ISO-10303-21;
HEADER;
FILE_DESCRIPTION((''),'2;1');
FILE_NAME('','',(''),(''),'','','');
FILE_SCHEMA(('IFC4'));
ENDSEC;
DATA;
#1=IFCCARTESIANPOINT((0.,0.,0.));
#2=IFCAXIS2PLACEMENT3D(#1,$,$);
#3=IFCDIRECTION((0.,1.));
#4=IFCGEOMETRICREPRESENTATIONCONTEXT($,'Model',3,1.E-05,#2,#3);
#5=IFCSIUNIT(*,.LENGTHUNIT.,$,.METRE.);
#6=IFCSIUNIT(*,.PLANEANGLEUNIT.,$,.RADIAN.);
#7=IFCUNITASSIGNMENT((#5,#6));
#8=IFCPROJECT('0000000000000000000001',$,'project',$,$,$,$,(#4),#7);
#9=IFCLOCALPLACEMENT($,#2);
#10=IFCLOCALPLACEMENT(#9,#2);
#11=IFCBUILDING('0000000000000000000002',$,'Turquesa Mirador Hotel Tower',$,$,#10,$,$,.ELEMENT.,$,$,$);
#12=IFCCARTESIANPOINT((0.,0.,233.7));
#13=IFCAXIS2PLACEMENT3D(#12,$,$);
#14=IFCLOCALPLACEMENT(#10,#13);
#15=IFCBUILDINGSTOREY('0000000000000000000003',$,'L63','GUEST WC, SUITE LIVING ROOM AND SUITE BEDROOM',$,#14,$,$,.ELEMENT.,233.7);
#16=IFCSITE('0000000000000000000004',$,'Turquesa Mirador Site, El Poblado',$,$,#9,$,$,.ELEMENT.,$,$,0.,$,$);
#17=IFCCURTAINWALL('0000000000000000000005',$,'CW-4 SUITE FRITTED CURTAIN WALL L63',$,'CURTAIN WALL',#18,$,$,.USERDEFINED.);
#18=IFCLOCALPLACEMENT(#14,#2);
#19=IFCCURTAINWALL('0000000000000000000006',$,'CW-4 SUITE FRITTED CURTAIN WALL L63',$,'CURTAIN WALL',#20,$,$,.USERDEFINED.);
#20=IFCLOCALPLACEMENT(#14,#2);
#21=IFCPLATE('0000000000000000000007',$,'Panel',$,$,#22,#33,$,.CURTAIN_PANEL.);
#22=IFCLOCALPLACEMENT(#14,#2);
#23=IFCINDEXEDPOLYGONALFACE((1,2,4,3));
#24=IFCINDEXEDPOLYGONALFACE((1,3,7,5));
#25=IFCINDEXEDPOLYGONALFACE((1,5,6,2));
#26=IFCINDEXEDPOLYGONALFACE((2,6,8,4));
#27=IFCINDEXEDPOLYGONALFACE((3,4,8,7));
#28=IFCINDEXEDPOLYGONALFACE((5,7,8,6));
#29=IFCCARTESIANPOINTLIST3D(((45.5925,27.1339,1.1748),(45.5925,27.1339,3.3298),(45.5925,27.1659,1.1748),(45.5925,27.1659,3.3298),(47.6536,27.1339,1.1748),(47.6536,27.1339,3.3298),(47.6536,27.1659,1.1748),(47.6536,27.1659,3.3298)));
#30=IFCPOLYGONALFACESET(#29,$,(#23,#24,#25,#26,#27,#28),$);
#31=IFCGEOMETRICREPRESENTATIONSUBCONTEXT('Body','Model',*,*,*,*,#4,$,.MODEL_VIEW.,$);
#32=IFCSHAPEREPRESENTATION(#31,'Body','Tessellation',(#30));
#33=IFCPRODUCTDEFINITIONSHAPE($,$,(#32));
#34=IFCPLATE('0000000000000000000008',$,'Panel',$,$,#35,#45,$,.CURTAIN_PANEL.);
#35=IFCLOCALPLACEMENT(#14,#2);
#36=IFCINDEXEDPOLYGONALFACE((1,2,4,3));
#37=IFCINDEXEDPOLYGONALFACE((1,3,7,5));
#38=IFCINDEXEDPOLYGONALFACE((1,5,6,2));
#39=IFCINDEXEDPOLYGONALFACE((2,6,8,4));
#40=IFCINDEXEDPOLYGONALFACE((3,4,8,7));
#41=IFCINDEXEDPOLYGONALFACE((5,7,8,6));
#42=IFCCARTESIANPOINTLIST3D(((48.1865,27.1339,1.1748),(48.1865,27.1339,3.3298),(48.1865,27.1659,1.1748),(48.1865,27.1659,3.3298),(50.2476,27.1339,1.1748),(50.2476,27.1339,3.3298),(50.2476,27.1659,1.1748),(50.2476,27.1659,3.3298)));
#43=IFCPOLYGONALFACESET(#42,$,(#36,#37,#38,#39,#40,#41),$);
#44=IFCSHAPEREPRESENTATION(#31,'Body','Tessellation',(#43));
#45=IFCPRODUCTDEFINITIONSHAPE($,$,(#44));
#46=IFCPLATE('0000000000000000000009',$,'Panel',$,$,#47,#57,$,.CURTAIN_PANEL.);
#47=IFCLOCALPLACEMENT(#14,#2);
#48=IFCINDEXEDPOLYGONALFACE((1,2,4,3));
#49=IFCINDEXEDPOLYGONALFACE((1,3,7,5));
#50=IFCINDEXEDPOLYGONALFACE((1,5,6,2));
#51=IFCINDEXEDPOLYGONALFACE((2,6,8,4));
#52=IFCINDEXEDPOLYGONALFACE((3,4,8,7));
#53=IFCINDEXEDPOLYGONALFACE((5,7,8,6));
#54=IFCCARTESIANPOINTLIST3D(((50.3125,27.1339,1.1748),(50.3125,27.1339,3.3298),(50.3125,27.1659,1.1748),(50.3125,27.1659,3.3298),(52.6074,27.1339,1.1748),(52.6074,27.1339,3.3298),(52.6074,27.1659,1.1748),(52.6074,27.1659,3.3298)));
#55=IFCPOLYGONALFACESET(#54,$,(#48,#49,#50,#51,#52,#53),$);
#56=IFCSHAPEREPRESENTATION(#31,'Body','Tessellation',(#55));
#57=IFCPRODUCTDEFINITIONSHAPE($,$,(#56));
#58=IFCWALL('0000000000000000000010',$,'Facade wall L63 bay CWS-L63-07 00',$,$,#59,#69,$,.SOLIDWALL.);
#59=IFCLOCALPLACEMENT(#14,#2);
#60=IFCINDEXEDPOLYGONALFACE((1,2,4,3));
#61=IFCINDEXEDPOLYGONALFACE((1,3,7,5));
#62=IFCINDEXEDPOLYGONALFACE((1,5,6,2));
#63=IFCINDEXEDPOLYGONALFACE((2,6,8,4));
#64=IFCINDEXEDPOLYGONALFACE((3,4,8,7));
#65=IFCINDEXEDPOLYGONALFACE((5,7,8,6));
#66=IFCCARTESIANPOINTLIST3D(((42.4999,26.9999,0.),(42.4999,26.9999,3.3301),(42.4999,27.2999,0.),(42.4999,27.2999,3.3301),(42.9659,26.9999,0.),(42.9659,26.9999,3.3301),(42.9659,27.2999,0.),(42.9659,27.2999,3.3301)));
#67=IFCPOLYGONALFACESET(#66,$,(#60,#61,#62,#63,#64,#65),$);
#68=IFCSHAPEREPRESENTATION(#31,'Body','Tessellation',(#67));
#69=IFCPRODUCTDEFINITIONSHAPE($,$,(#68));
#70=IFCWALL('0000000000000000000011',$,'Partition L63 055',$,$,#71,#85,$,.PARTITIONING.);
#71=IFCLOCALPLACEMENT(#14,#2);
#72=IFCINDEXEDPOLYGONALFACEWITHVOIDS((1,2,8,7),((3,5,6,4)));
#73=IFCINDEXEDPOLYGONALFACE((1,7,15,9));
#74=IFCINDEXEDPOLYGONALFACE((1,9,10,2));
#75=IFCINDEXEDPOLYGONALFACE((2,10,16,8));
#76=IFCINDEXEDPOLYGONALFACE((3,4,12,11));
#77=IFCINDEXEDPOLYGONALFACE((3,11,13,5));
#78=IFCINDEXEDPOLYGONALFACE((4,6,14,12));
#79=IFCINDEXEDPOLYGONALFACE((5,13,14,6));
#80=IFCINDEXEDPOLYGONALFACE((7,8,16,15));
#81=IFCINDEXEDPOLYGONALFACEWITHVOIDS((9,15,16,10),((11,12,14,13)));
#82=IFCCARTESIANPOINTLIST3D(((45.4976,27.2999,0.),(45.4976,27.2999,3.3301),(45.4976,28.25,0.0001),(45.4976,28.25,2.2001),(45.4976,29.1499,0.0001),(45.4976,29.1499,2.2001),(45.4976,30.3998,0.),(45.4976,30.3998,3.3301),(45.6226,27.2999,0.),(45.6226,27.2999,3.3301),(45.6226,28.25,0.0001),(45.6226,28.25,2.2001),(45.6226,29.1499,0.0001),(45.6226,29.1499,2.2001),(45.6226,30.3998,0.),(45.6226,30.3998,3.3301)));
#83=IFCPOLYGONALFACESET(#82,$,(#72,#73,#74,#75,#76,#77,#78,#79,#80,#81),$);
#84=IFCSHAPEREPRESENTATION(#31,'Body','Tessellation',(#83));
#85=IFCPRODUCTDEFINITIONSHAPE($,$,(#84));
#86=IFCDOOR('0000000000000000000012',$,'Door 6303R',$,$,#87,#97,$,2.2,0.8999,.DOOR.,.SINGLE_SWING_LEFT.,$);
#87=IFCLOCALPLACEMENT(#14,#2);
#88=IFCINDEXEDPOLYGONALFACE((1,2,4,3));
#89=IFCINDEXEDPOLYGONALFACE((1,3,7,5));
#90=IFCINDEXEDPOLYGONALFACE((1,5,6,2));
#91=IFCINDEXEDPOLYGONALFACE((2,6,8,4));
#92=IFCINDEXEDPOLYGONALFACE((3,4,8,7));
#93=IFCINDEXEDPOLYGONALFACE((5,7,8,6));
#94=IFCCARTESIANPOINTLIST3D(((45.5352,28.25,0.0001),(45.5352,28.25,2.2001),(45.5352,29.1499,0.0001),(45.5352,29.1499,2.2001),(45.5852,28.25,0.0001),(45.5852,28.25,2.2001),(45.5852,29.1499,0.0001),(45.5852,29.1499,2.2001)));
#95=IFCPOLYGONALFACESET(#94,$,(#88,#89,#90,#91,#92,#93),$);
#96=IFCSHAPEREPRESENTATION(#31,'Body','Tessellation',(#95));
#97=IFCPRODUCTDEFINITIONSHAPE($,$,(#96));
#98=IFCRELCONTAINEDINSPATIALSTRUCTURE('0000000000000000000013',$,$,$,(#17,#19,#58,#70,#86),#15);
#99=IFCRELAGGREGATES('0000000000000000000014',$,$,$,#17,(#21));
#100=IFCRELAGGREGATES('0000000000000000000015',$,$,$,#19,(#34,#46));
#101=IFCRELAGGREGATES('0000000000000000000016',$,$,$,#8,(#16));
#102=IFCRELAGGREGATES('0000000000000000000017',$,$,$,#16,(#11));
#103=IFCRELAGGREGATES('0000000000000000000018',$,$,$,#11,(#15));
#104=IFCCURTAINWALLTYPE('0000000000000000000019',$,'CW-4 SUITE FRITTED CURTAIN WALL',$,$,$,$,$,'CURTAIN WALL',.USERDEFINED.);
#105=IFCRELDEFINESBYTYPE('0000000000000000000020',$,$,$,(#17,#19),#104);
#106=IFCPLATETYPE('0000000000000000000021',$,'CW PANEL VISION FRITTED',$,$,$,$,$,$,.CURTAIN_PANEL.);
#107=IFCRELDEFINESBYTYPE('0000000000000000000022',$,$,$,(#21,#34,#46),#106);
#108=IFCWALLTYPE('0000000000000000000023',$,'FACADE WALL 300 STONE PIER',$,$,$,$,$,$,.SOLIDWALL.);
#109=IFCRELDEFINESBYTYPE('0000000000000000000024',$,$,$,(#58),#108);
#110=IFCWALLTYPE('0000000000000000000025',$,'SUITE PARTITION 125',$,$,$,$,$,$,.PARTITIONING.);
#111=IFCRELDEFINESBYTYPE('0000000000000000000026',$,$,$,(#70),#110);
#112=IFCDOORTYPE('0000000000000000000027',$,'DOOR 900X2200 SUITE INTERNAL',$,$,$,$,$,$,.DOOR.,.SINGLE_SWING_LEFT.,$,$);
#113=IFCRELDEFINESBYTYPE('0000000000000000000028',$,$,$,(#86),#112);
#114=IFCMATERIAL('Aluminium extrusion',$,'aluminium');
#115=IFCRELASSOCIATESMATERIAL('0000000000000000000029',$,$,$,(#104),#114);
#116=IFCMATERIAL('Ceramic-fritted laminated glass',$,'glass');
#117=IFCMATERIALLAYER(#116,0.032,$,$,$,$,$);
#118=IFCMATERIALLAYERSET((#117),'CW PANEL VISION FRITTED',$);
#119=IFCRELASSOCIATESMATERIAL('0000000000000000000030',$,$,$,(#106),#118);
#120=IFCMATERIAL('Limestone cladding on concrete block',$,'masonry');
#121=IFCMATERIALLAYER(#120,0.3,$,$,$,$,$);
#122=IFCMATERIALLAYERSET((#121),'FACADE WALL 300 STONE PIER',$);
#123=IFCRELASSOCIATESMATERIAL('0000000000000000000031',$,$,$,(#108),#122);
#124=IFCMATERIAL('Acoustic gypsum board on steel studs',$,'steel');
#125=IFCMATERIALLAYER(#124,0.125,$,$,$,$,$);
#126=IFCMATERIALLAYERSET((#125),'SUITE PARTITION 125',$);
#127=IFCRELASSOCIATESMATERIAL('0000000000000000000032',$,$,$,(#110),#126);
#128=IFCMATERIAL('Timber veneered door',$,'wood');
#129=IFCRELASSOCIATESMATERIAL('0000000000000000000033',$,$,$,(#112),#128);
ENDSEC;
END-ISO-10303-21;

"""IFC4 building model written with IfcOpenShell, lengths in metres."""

from ifc_helpers import new_model, si_unit, direction, frame, frame_2d, origin, origin_2d, place, context, subcontext, project, spatial, rectangle, extrude, material, layer, layer_set, type_object, element, fill, aggregate, save


model = new_model("IFC4")

# Units and contexts
model_context = context("Model", 3, precision=1e-05, world=origin(), true_north=direction((0.0, 1.0)))
body_context = subcontext(model_context, "Body", "Model", "MODEL_VIEW")
ifc_project = project(units=[si_unit("LENGTHUNIT", "METRE"), si_unit("PLANEANGLEUNIT", "RADIAN")], contexts=[model_context])

# Site, building, storey
site_placement = place(None, origin())
site = spatial("IfcSite", under=ifc_project, at=site_placement, Name="Turquesa Mirador Site, El Poblado", CompositionType="ELEMENT", RefElevation=0.0)
building_placement = place(site_placement, origin())
building = spatial("IfcBuilding", under=site, at=building_placement, Name="Turquesa Mirador Hotel Tower", CompositionType="ELEMENT")
storey_placement = place(building_placement, frame((0.0, 0.0, 233.7)))
storey = spatial("IfcBuildingStorey", under=building, at=storey_placement, Name="L63", Description="GUEST WC, SUITE LIVING ROOM AND SUITE BEDROOM", CompositionType="ELEMENT", Elevation=233.7)

# Curtain walls
ifc_material_1 = material(Name="Aluminium extrusion", Category="aluminium")
curtain_wall_type = type_object("IfcCurtainWallType", Name="CW-4 SUITE FRITTED CURTAIN WALL", ElementType="CURTAIN WALL", PredefinedType="USERDEFINED", material=ifc_material_1)
curtain_wall_1_placement = place(storey_placement, origin())
curtain_wall_1 = element("IfcCurtainWall", 1, at=curtain_wall_1_placement, inside=storey, type_object=curtain_wall_type, Name="CW-4 SUITE FRITTED CURTAIN WALL L63", ObjectType="CURTAIN WALL", PredefinedType="USERDEFINED")
curtain_wall_2_placement = place(storey_placement, origin())
curtain_wall_2 = element("IfcCurtainWall", 2, at=curtain_wall_2_placement, inside=storey, type_object=curtain_wall_type, Name="CW-4 SUITE FRITTED CURTAIN WALL L63", ObjectType="CURTAIN WALL", PredefinedType="USERDEFINED")

# Plates
ifc_material_2 = material(Name="Ceramic-fritted laminated glass", Category="glass")
ifc_layer_1 = layer(ifc_material_2, 0.032)
ifc_layer_set_1 = layer_set([ifc_layer_1], Name="CW PANEL VISION FRITTED")
plate_type_1 = type_object("IfcPlateType", Name="CW PANEL VISION FRITTED", PredefinedType="CURTAIN_PANEL", material=ifc_layer_set_1)
plate_1_placement = place(storey_placement, frame((46.623, 27.1499, 1.1748), z_axis=(0.0, 0.0, 1.0), x_axis=(1.0, 0.0, 0.0)))
plate_1 = element("IfcPlate", 3, at=plate_1_placement, type_object=plate_type_1, Name="Panel", PredefinedType="CURTAIN_PANEL", context=body_context, shape_type="SweptSolid", body=[
    extrude(rectangle(XDim=2.061, YDim=0.032, at=origin_2d()), origin(), (0.0, 0.0, 1.0), 2.155),
])
aggregate(curtain_wall_1, [plate_1])
plate_2_placement = place(storey_placement, frame((49.217, 27.1499, 1.1748), z_axis=(0.0, 0.0, 1.0), x_axis=(1.0, 0.0, 0.0)))
plate_2 = element("IfcPlate", 4, at=plate_2_placement, type_object=plate_type_1, Name="Panel", PredefinedType="CURTAIN_PANEL", context=body_context, shape_type="SweptSolid", body=[
    extrude(rectangle(XDim=2.061, YDim=0.032, at=origin_2d()), origin(), (0.0, 0.0, 1.0), 2.155),
])
plate_3_placement = place(storey_placement, frame((51.46, 27.1499, 1.1748), z_axis=(0.0, 0.0, 1.0), x_axis=(1.0, 0.0, 0.0)))
plate_3 = element("IfcPlate", 5, at=plate_3_placement, type_object=plate_type_1, Name="Panel", PredefinedType="CURTAIN_PANEL", context=body_context, shape_type="SweptSolid", body=[
    extrude(rectangle(XDim=2.2949, YDim=0.032, at=origin_2d()), origin(), (0.0, 0.0, 1.0), 2.155),
])
aggregate(curtain_wall_2, [plate_2, plate_3])

# Wall
ifc_material_3 = material(Name="Limestone cladding on concrete block", Category="masonry")
ifc_layer_2 = layer(ifc_material_3, 0.3)
ifc_layer_set_2 = layer_set([ifc_layer_2], Name="FACADE WALL 300 STONE PIER")
wall_type_1 = type_object("IfcWallType", Name="FACADE WALL 300 STONE PIER", PredefinedType="SOLIDWALL", material=ifc_layer_set_2)
wall_1_placement = place(storey_placement, frame((42.5, 27.1499, 0.0), z_axis=(0.0, 0.0, 1.0), x_axis=(1.0, 0.0, 0.0)))
element("IfcWall", 6, at=wall_1_placement, inside=storey, type_object=wall_type_1, Name="Facade wall L63 bay CWS-L63-07 00", PredefinedType="SOLIDWALL", context=body_context, shape_type="SweptSolid", body=[
    extrude(rectangle(XDim=0.4661, YDim=0.3, at=frame_2d((0.2329, 0.0))), origin(), (0.0, 0.0, 1.0), 3.3301),
])

# Wall, opening, door
ifc_material_4 = material(Name="Acoustic gypsum board on steel studs", Category="steel")
ifc_layer_3 = layer(ifc_material_4, 0.125)
ifc_layer_set_3 = layer_set([ifc_layer_3], Name="SUITE PARTITION 125")
wall_type_2 = type_object("IfcWallType", Name="SUITE PARTITION 125", PredefinedType="PARTITIONING", material=ifc_layer_set_3)
wall_2_placement = place(storey_placement, frame((45.5601, 27.3, 0.0), z_axis=(0.0, 0.0, 1.0), x_axis=(0.0, 1.0, 0.0)))
wall_2 = element("IfcWall", 7, at=wall_2_placement, inside=storey, type_object=wall_type_2, Name="Partition L63 055", PredefinedType="PARTITIONING", context=body_context, shape_type="SweptSolid", body=[
    extrude(rectangle(XDim=3.0999, YDim=0.125, at=frame_2d((1.5498, 0.0))), origin(), (0.0, 0.0, 1.0), 3.3301),
])
opening_placement = place(wall_2_placement, frame((0.95, 0.0, 0.0)))
opening = element("IfcOpeningElement", 8, at=opening_placement, cuts=wall_2, PredefinedType="OPENING", context=body_context, shape_type="SweptSolid", body=[
    extrude(rectangle(XDim=0.8999, YDim=2.2, at=frame_2d((0.45, 1.1001))), frame((0.0, 0.0725, 0.0), z_axis=(0.0, -1.0, 0.0), x_axis=(1.0, 0.0, 0.0)), (0.0, 0.0, 1.0), 0.145),
])
ifc_material_5 = material(Name="Timber veneered door", Category="wood")
door_type = type_object("IfcDoorType", Name="DOOR 900X2200 SUITE INTERNAL", OperationType="SINGLE_SWING_LEFT", PredefinedType="DOOR", material=ifc_material_5)
door_placement = place(opening_placement, origin())
door = element("IfcDoor", 9, at=door_placement, inside=storey, type_object=door_type, Name="Door 6303R", OperationType="SINGLE_SWING_LEFT", OverallHeight=2.2, OverallWidth=0.8999, PredefinedType="DOOR", context=body_context, shape_type="SweptSolid", body=[
    extrude(rectangle(XDim=0.8999, YDim=2.2, at=frame_2d((0.45, 1.1001))), frame((0.0, 0.0249, 0.0), z_axis=(0.0, -1.0, 0.0), x_axis=(1.0, 0.0, 0.0)), (0.0, 0.0, 1.0), 0.05),
])
fill(opening, door)

save(model, "model.ifc")
